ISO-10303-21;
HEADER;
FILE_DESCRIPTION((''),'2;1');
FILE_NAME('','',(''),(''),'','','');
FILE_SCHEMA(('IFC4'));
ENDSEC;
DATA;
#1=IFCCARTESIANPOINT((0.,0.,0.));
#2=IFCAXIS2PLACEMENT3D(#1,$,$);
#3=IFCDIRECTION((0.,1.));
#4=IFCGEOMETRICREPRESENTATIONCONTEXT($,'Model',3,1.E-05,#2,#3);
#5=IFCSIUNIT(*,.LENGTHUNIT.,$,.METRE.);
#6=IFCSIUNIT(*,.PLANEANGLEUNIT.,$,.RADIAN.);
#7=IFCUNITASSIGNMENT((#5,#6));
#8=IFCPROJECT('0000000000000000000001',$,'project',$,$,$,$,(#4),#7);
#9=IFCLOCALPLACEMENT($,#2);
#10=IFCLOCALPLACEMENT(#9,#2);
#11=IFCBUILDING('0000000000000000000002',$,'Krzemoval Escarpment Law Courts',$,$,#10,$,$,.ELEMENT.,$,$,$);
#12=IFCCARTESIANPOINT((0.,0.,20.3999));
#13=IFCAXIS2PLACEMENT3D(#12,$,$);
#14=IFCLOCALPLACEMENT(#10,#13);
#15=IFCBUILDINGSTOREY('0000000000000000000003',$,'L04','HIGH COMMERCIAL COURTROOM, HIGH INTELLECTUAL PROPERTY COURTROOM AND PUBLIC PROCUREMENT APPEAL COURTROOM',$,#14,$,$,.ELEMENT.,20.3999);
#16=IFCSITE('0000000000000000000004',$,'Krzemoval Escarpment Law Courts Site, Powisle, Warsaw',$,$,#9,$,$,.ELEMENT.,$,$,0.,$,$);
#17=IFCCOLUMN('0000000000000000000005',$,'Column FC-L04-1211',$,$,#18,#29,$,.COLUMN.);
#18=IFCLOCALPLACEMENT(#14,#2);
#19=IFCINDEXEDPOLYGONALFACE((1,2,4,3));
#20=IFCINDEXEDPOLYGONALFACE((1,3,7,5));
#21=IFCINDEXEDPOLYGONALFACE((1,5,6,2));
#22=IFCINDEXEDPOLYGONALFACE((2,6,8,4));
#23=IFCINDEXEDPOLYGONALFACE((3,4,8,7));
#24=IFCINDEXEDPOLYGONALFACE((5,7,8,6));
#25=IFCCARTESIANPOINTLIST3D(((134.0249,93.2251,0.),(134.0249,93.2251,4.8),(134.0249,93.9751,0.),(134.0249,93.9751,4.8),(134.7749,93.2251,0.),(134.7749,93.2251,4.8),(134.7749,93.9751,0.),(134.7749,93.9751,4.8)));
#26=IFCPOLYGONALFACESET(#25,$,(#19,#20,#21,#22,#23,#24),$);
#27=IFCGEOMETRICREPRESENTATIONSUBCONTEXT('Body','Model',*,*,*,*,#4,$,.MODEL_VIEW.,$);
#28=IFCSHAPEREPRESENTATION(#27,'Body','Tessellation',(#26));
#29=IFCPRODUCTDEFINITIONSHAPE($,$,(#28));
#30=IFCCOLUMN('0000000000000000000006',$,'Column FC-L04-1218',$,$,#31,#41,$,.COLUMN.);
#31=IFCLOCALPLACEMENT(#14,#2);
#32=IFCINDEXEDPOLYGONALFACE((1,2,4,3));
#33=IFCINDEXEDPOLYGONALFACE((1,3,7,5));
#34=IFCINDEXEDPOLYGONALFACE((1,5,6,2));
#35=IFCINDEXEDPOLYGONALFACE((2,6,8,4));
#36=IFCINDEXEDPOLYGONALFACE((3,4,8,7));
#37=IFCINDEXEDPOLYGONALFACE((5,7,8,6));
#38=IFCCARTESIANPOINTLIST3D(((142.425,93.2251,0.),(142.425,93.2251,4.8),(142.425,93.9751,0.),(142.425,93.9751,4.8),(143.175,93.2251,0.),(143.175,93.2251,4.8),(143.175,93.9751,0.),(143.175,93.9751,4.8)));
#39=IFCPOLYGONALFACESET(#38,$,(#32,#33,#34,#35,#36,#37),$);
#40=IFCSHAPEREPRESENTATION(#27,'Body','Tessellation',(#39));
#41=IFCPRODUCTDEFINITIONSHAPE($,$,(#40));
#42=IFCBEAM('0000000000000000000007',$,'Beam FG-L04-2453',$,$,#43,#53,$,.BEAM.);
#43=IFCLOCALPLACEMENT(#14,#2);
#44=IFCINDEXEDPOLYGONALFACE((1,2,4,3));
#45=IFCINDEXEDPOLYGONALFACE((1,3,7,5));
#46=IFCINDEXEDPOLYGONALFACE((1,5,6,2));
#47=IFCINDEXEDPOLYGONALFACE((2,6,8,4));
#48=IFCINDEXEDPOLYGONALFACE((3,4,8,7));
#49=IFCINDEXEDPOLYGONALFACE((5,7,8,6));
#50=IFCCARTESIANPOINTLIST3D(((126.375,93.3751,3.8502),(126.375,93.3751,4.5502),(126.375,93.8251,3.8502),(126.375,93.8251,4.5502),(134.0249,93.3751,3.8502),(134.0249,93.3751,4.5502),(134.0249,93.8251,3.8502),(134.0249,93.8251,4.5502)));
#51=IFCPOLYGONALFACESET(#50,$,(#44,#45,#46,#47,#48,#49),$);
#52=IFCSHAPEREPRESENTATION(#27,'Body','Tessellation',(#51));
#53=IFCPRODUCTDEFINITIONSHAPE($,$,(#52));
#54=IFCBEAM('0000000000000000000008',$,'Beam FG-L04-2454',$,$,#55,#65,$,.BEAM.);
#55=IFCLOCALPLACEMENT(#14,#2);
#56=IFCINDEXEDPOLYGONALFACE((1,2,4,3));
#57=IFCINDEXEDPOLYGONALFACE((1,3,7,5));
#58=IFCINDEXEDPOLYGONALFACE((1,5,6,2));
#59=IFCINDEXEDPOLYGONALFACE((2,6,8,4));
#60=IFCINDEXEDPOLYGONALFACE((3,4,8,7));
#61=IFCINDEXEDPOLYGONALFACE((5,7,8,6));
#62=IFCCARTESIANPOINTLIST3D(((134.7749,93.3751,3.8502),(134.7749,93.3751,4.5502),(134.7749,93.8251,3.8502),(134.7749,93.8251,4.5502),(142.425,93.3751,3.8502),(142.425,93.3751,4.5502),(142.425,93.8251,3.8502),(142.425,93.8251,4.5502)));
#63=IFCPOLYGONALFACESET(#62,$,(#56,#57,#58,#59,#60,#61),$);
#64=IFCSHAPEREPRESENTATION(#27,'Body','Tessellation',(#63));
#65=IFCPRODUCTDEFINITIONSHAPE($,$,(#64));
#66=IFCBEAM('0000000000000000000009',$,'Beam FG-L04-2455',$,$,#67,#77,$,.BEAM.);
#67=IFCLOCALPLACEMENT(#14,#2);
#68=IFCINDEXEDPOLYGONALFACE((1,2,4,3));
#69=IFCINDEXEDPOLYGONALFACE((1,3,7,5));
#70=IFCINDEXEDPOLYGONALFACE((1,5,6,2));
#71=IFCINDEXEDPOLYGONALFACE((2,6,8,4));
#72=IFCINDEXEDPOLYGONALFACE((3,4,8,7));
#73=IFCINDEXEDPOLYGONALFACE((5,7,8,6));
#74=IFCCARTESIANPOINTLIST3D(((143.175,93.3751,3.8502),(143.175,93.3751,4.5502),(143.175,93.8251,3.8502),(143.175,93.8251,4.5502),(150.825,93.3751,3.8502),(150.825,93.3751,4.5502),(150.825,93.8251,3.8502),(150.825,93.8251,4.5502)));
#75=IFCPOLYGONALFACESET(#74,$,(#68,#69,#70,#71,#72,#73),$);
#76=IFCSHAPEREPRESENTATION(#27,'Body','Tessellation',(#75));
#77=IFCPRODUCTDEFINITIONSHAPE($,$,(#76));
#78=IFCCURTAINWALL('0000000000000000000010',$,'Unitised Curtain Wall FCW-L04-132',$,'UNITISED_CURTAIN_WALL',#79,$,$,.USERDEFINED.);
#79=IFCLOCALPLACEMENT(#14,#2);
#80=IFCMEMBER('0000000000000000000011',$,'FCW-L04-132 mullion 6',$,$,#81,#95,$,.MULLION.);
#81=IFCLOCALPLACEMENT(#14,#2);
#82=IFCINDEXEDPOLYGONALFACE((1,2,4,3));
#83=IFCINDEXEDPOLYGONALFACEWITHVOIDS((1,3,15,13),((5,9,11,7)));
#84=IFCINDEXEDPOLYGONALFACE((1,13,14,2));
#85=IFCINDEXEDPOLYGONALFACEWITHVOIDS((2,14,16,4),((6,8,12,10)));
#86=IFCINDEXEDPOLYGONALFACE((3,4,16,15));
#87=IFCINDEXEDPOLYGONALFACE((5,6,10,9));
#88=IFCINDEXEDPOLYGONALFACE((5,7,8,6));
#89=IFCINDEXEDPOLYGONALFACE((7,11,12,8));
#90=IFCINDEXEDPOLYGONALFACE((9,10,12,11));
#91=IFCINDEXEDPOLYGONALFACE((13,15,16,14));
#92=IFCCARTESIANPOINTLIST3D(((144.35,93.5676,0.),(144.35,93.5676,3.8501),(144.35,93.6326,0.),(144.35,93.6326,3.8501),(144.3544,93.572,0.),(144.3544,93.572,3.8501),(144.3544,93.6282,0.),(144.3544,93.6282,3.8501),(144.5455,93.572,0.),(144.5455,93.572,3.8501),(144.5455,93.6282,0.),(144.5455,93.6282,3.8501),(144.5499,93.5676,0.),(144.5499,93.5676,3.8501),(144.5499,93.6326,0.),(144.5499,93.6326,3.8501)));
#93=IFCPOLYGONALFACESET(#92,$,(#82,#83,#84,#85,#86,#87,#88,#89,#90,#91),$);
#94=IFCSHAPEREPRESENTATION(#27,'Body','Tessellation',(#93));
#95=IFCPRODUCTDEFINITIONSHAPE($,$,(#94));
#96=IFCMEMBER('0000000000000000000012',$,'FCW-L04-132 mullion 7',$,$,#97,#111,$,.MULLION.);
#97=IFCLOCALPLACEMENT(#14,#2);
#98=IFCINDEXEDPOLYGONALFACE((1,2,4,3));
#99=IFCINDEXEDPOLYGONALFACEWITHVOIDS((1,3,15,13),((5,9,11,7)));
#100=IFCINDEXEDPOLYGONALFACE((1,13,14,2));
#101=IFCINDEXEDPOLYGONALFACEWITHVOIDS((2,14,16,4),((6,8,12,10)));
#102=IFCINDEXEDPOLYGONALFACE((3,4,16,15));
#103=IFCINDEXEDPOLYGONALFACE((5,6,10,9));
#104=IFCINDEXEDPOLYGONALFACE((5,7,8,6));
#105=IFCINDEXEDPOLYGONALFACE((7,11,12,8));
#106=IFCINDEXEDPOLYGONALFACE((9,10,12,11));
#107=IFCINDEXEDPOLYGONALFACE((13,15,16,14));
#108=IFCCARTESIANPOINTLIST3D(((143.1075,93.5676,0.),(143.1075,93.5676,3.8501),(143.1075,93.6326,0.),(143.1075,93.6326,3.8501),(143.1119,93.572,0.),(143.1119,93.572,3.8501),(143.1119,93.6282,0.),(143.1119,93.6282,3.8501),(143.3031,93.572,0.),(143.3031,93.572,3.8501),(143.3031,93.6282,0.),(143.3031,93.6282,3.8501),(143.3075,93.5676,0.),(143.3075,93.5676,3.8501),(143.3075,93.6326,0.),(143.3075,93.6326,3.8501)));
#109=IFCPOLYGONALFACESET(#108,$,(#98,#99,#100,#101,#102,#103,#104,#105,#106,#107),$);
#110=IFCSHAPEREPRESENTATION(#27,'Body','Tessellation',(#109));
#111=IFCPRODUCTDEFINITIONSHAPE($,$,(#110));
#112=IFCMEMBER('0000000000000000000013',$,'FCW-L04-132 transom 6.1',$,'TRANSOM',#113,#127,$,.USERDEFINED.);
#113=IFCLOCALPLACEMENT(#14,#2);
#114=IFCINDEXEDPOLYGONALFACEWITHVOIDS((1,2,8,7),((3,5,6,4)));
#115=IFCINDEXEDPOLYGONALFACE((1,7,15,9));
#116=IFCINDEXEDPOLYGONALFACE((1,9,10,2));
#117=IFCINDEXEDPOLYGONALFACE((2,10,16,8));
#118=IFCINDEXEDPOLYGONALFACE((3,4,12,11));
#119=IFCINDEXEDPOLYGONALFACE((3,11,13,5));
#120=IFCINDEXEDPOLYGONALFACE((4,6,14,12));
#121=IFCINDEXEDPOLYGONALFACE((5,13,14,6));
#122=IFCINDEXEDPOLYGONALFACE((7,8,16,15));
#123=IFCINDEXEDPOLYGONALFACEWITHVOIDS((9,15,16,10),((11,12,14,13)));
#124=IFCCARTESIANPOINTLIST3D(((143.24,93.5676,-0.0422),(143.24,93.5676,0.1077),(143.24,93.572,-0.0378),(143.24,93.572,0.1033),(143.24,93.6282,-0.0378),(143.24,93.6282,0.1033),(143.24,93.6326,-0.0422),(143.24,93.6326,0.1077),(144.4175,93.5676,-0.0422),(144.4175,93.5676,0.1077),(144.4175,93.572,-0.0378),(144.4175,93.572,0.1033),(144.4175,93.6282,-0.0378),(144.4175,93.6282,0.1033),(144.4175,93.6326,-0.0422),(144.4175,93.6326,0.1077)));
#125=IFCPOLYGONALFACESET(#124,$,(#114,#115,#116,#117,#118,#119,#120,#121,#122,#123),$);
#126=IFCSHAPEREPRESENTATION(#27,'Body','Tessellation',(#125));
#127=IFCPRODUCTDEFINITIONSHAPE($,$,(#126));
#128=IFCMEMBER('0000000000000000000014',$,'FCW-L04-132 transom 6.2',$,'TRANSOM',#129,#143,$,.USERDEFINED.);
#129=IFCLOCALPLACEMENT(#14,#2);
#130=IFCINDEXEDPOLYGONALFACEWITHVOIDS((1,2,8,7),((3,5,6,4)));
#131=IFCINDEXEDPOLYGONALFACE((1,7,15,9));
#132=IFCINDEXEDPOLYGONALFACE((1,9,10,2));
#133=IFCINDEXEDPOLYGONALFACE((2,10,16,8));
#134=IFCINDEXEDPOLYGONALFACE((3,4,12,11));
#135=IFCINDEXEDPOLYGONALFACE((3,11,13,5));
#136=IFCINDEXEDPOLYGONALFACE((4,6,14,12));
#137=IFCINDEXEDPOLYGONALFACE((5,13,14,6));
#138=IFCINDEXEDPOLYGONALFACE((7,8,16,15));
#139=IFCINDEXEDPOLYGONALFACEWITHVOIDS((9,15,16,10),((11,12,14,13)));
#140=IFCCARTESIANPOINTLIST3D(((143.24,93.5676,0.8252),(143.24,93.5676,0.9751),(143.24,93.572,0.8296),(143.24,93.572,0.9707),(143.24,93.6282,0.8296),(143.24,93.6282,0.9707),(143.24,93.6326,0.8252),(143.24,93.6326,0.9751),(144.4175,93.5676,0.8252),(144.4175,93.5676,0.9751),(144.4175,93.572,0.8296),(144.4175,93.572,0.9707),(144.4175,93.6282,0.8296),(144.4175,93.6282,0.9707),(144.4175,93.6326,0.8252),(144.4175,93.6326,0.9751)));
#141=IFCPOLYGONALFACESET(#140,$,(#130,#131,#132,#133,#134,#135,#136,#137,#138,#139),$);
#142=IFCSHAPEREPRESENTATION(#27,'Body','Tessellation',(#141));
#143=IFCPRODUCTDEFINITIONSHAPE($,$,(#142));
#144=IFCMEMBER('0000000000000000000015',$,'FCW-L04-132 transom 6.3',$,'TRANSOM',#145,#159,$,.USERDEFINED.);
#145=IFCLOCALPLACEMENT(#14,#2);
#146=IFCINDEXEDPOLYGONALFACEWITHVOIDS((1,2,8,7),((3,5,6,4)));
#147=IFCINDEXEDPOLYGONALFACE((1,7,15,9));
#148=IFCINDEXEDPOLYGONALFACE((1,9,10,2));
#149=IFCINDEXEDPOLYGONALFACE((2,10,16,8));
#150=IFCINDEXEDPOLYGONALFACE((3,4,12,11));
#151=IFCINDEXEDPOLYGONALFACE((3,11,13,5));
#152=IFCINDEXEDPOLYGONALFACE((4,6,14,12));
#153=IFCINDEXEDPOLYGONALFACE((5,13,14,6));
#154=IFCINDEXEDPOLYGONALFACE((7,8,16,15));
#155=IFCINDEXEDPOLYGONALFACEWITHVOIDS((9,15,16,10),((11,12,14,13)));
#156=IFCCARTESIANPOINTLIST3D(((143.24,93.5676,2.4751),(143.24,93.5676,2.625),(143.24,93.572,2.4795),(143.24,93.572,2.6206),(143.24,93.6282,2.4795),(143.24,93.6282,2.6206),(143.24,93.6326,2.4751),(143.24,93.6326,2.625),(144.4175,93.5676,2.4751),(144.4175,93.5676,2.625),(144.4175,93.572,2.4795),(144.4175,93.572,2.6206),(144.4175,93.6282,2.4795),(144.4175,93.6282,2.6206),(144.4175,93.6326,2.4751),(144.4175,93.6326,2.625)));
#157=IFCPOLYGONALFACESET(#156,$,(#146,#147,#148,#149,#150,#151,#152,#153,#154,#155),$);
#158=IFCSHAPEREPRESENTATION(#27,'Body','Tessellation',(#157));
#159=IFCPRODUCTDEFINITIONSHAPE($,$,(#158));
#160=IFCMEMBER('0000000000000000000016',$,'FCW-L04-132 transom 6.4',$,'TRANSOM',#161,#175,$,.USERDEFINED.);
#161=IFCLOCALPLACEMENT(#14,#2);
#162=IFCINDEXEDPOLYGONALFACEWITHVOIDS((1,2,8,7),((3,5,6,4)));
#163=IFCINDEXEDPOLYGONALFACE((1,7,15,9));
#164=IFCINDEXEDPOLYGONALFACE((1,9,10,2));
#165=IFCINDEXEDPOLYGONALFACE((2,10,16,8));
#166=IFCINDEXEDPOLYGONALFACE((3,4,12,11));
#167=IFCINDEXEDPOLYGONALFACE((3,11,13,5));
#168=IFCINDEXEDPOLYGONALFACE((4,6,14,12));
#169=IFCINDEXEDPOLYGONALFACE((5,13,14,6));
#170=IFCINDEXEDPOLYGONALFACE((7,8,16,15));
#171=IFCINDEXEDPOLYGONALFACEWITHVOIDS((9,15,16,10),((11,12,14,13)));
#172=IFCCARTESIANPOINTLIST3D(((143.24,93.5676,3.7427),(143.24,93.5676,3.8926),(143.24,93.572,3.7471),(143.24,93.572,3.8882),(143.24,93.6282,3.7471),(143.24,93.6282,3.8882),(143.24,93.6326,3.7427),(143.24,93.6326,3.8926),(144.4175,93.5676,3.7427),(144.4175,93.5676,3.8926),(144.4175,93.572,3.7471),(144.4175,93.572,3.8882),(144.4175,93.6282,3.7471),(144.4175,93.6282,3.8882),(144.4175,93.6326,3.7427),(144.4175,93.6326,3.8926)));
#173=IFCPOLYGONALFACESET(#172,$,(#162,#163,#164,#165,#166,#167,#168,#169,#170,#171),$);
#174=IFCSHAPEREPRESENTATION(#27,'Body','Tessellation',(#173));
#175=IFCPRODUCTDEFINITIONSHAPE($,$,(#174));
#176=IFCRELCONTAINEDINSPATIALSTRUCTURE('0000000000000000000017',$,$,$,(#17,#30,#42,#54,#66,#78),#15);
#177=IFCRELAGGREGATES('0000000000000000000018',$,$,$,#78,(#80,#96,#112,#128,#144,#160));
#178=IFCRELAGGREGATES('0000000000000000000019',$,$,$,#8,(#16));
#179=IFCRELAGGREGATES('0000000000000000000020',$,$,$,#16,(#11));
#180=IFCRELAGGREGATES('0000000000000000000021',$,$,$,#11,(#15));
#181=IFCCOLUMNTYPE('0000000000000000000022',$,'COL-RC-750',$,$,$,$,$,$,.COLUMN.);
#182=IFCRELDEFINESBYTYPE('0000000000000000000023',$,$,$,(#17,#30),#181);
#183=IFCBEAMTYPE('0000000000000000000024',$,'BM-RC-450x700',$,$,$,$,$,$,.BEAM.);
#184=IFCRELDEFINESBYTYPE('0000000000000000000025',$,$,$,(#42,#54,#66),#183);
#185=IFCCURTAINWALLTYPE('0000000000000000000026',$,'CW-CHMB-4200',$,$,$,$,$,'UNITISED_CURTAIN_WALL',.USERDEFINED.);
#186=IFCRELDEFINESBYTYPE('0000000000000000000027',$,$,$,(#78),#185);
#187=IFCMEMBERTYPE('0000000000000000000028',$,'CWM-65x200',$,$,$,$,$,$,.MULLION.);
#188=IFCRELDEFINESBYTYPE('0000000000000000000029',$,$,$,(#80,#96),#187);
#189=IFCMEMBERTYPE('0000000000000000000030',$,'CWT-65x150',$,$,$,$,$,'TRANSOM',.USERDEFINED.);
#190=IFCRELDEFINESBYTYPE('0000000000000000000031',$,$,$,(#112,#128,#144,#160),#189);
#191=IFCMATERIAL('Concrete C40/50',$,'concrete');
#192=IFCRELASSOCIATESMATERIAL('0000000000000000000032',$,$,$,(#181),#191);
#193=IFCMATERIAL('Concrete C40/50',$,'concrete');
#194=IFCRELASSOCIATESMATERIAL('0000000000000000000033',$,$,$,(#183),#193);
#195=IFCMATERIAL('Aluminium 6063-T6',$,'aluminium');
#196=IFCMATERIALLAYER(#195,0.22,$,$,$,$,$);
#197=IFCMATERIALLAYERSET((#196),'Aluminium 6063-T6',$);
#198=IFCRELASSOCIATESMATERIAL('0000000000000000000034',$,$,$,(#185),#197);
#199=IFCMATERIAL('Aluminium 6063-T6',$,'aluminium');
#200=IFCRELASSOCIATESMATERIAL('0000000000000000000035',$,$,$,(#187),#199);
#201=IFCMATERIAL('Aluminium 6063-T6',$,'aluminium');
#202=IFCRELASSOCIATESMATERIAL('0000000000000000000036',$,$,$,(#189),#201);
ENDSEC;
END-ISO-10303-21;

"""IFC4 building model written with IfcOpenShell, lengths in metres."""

from ifc_helpers import new_model, si_unit, direction, frame, origin, origin_2d, place, context, subcontext, project, spatial, rectangle, hollow_rectangle, extrude, material, layer, layer_set, material_profile, profile_set, type_object, element, aggregate, save


model = new_model("IFC4")

# Units and contexts
model_context = context("Model", 3, precision=1e-05, world=origin(), true_north=direction((0.0, 1.0)))
body_context = subcontext(model_context, "Body", "Model", "MODEL_VIEW")
ifc_project = project(units=[si_unit("LENGTHUNIT", "METRE"), si_unit("PLANEANGLEUNIT", "RADIAN")], contexts=[model_context])

# Site, building, storey
site_placement = place(None, origin())
site = spatial("IfcSite", under=ifc_project, at=site_placement, Name="Krzemoval Escarpment Law Courts Site, Powisle, Warsaw", CompositionType="ELEMENT", RefElevation=0.0)
building_placement = place(site_placement, origin())
building = spatial("IfcBuilding", under=site, at=building_placement, Name="Krzemoval Escarpment Law Courts", CompositionType="ELEMENT")
storey_placement = place(building_placement, frame((0.0, 0.0, 20.3999)))
storey = spatial("IfcBuildingStorey", under=building, at=storey_placement, Name="L04", Description="HIGH COMMERCIAL COURTROOM, HIGH INTELLECTUAL PROPERTY COURTROOM AND PUBLIC PROCUREMENT APPEAL COURTROOM", CompositionType="ELEMENT", Elevation=20.3999)

# Columns
ifc_material_1 = material(Name="Concrete C40/50", Category="concrete")
ifc_material_profile_1 = material_profile(ifc_material_1, rectangle(XDim=0.75, YDim=0.75, at=origin_2d()), Name="RC 750x750")
ifc_profile_set_1 = profile_set([ifc_material_profile_1], Name="Concrete C40/50")
column_type = type_object("IfcColumnType", Name="COL-RC-750", PredefinedType="COLUMN", material=ifc_profile_set_1)
for number, where, z_axis, x_axis, name in (
    (1, (134.3999, 93.6001, 0.0), (0.0, 0.0, 1.0), (1.0, 0.0, 0.0), "Column FC-L04-1211"),
    (2, (142.8, 93.6001, 0.0), (0.0, 0.0, 1.0), (1.0, 0.0, 0.0), "Column FC-L04-1218"),
):
    element("IfcColumn", number, at=place(storey_placement, frame(where, z_axis=z_axis, x_axis=x_axis)), inside=storey, type_object=column_type, Name=name, PredefinedType="COLUMN", context=body_context, shape_type="SweptSolid", body=[
        extrude(rectangle(XDim=0.75, YDim=0.75, at=origin_2d()), origin(), (0.0, 0.0, 1.0), 4.8),
    ])

# Beams
ifc_material_2 = material(Name="Concrete C40/50", Category="concrete")
ifc_material_profile_2 = material_profile(ifc_material_2, rectangle(XDim=0.45, YDim=0.7, at=origin_2d()), Name="RCB 450x700")
ifc_profile_set_2 = profile_set([ifc_material_profile_2], Name="Concrete C40/50")
beam_type_1 = type_object("IfcBeamType", Name="BM-RC-450x700", PredefinedType="BEAM", material=ifc_profile_set_2)
beam_1_placement = place(storey_placement, frame((126.375, 93.6001, 4.2002), z_axis=(1.0, 0.0, 0.0), x_axis=(0.0, 1.0, 0.0)))
element("IfcBeam", 3, at=beam_1_placement, inside=storey, type_object=beam_type_1, Name="Beam FG-L04-2453", PredefinedType="BEAM", context=body_context, shape_type="SweptSolid", body=[
    extrude(rectangle(XDim=0.45, YDim=0.7, at=origin_2d()), origin(), (0.0, 0.0, 1.0), 7.6499),
])
beam_2_placement = place(storey_placement, frame((134.7749, 93.6001, 4.2002), z_axis=(1.0, 0.0, 0.0), x_axis=(0.0, 1.0, 0.0)))
element("IfcBeam", 4, at=beam_2_placement, inside=storey, type_object=beam_type_1, Name="Beam FG-L04-2454", PredefinedType="BEAM", context=body_context, shape_type="SweptSolid", body=[
    extrude(rectangle(XDim=0.45, YDim=0.7, at=origin_2d()), origin(), (0.0, 0.0, 1.0), 7.6501),
])
beam_3_placement = place(storey_placement, frame((143.175, 93.6001, 4.2002), z_axis=(1.0, 0.0, 0.0), x_axis=(0.0, 1.0, 0.0)))
element("IfcBeam", 5, at=beam_3_placement, inside=storey, type_object=beam_type_1, Name="Beam FG-L04-2455", PredefinedType="BEAM", context=body_context, shape_type="SweptSolid", body=[
    extrude(rectangle(XDim=0.45, YDim=0.7, at=origin_2d()), origin(), (0.0, 0.0, 1.0), 7.6499),
])

# Curtain wall, members
ifc_material_3 = material(Name="Aluminium 6063-T6", Category="aluminium")
ifc_layer_1 = layer(ifc_material_3, 0.22)
ifc_layer_set_1 = layer_set([ifc_layer_1], Name="Aluminium 6063-T6")
curtain_wall_type = type_object("IfcCurtainWallType", Name="CW-CHMB-4200", ElementType="UNITISED_CURTAIN_WALL", PredefinedType="USERDEFINED", material=ifc_layer_set_1)
curtain_wall_placement = place(storey_placement, origin())
curtain_wall = element("IfcCurtainWall", 6, at=curtain_wall_placement, inside=storey, type_object=curtain_wall_type, Name="Unitised Curtain Wall FCW-L04-132", ObjectType="UNITISED_CURTAIN_WALL", PredefinedType="USERDEFINED")
ifc_material_4 = material(Name="Aluminium 6063-T6", Category="aluminium")
ifc_material_profile_3 = material_profile(ifc_material_4, hollow_rectangle(XDim=0.0649, YDim=0.2, WallThickness=0.0044, at=origin_2d()), Name="ALU M65x200")
ifc_profile_set_3 = profile_set([ifc_material_profile_3], Name="Aluminium 6063-T6")
member_type_1 = type_object("IfcMemberType", Name="CWM-65x200", PredefinedType="MULLION", material=ifc_profile_set_3)
member_1_placement = place(storey_placement, frame((144.45, 93.6001, 0.0), z_axis=(0.0, 0.0, 1.0), x_axis=(0.0, -1.0, 0.0)))
member_1 = element("IfcMember", 7, at=member_1_placement, type_object=member_type_1, Name="FCW-L04-132 mullion 6", PredefinedType="MULLION", context=body_context, shape_type="SweptSolid", body=[
    extrude(hollow_rectangle(XDim=0.0649, YDim=0.2, WallThickness=0.0044, at=origin_2d()), origin(), (0.0, 0.0, 1.0), 3.8501),
])
member_2_placement = place(storey_placement, frame((143.2075, 93.6001, 0.0), z_axis=(0.0, 0.0, 1.0), x_axis=(0.0, -1.0, 0.0)))
member_2 = element("IfcMember", 8, at=member_2_placement, type_object=member_type_1, Name="FCW-L04-132 mullion 7", PredefinedType="MULLION", context=body_context, shape_type="SweptSolid", body=[
    extrude(hollow_rectangle(XDim=0.0649, YDim=0.2, WallThickness=0.0044, at=origin_2d()), origin(), (0.0, 0.0, 1.0), 3.8501),
])
ifc_material_5 = material(Name="Aluminium 6063-T6", Category="aluminium")
ifc_material_profile_4 = material_profile(ifc_material_5, hollow_rectangle(XDim=0.0649, YDim=0.1499, WallThickness=0.0044, at=origin_2d()), Name="ALU T65x150")
ifc_profile_set_4 = profile_set([ifc_material_profile_4], Name="Aluminium 6063-T6")
member_type_2 = type_object("IfcMemberType", Name="CWT-65x150", ElementType="TRANSOM", PredefinedType="USERDEFINED", material=ifc_profile_set_4)
member_3_placement = place(storey_placement, frame((144.4175, 93.6001, 0.0327), z_axis=(-1.0, 0.0, 0.0), x_axis=(0.0, -1.0, 0.0)))
member_3 = element("IfcMember", 9, at=member_3_placement, type_object=member_type_2, Name="FCW-L04-132 transom 6.1", ObjectType="TRANSOM", PredefinedType="USERDEFINED", context=body_context, shape_type="SweptSolid", body=[
    extrude(hollow_rectangle(XDim=0.0649, YDim=0.1499, WallThickness=0.0044, at=origin_2d()), origin(), (0.0, 0.0, 1.0), 1.1775),
])
member_4_placement = place(storey_placement, frame((144.4175, 93.6001, 0.9001), z_axis=(-1.0, 0.0, 0.0), x_axis=(0.0, -1.0, 0.0)))
member_4 = element("IfcMember", 10, at=member_4_placement, type_object=member_type_2, Name="FCW-L04-132 transom 6.2", ObjectType="TRANSOM", PredefinedType="USERDEFINED", context=body_context, shape_type="SweptSolid", body=[
    extrude(hollow_rectangle(XDim=0.0649, YDim=0.1499, WallThickness=0.0044, at=origin_2d()), origin(), (0.0, 0.0, 1.0), 1.1775),
])
member_5_placement = place(storey_placement, frame((144.4175, 93.6001, 2.55), z_axis=(-1.0, 0.0, 0.0), x_axis=(0.0, -1.0, 0.0)))
member_5 = element("IfcMember", 11, at=member_5_placement, type_object=member_type_2, Name="FCW-L04-132 transom 6.3", ObjectType="TRANSOM", PredefinedType="USERDEFINED", context=body_context, shape_type="SweptSolid", body=[
    extrude(hollow_rectangle(XDim=0.0649, YDim=0.1499, WallThickness=0.0044, at=origin_2d()), origin(), (0.0, 0.0, 1.0), 1.1775),
])
member_6_placement = place(storey_placement, frame((144.4175, 93.6001, 3.8176), z_axis=(-1.0, 0.0, 0.0), x_axis=(0.0, -1.0, 0.0)))
member_6 = element("IfcMember", 12, at=member_6_placement, type_object=member_type_2, Name="FCW-L04-132 transom 6.4", ObjectType="TRANSOM", PredefinedType="USERDEFINED", context=body_context, shape_type="SweptSolid", body=[
    extrude(hollow_rectangle(XDim=0.0649, YDim=0.1499, WallThickness=0.0044, at=origin_2d()), origin(), (0.0, 0.0, 1.0), 1.1775),
])

aggregate(curtain_wall, [member_1, member_2, member_3, member_4, member_5, member_6])

save(model, "model.ifc")
